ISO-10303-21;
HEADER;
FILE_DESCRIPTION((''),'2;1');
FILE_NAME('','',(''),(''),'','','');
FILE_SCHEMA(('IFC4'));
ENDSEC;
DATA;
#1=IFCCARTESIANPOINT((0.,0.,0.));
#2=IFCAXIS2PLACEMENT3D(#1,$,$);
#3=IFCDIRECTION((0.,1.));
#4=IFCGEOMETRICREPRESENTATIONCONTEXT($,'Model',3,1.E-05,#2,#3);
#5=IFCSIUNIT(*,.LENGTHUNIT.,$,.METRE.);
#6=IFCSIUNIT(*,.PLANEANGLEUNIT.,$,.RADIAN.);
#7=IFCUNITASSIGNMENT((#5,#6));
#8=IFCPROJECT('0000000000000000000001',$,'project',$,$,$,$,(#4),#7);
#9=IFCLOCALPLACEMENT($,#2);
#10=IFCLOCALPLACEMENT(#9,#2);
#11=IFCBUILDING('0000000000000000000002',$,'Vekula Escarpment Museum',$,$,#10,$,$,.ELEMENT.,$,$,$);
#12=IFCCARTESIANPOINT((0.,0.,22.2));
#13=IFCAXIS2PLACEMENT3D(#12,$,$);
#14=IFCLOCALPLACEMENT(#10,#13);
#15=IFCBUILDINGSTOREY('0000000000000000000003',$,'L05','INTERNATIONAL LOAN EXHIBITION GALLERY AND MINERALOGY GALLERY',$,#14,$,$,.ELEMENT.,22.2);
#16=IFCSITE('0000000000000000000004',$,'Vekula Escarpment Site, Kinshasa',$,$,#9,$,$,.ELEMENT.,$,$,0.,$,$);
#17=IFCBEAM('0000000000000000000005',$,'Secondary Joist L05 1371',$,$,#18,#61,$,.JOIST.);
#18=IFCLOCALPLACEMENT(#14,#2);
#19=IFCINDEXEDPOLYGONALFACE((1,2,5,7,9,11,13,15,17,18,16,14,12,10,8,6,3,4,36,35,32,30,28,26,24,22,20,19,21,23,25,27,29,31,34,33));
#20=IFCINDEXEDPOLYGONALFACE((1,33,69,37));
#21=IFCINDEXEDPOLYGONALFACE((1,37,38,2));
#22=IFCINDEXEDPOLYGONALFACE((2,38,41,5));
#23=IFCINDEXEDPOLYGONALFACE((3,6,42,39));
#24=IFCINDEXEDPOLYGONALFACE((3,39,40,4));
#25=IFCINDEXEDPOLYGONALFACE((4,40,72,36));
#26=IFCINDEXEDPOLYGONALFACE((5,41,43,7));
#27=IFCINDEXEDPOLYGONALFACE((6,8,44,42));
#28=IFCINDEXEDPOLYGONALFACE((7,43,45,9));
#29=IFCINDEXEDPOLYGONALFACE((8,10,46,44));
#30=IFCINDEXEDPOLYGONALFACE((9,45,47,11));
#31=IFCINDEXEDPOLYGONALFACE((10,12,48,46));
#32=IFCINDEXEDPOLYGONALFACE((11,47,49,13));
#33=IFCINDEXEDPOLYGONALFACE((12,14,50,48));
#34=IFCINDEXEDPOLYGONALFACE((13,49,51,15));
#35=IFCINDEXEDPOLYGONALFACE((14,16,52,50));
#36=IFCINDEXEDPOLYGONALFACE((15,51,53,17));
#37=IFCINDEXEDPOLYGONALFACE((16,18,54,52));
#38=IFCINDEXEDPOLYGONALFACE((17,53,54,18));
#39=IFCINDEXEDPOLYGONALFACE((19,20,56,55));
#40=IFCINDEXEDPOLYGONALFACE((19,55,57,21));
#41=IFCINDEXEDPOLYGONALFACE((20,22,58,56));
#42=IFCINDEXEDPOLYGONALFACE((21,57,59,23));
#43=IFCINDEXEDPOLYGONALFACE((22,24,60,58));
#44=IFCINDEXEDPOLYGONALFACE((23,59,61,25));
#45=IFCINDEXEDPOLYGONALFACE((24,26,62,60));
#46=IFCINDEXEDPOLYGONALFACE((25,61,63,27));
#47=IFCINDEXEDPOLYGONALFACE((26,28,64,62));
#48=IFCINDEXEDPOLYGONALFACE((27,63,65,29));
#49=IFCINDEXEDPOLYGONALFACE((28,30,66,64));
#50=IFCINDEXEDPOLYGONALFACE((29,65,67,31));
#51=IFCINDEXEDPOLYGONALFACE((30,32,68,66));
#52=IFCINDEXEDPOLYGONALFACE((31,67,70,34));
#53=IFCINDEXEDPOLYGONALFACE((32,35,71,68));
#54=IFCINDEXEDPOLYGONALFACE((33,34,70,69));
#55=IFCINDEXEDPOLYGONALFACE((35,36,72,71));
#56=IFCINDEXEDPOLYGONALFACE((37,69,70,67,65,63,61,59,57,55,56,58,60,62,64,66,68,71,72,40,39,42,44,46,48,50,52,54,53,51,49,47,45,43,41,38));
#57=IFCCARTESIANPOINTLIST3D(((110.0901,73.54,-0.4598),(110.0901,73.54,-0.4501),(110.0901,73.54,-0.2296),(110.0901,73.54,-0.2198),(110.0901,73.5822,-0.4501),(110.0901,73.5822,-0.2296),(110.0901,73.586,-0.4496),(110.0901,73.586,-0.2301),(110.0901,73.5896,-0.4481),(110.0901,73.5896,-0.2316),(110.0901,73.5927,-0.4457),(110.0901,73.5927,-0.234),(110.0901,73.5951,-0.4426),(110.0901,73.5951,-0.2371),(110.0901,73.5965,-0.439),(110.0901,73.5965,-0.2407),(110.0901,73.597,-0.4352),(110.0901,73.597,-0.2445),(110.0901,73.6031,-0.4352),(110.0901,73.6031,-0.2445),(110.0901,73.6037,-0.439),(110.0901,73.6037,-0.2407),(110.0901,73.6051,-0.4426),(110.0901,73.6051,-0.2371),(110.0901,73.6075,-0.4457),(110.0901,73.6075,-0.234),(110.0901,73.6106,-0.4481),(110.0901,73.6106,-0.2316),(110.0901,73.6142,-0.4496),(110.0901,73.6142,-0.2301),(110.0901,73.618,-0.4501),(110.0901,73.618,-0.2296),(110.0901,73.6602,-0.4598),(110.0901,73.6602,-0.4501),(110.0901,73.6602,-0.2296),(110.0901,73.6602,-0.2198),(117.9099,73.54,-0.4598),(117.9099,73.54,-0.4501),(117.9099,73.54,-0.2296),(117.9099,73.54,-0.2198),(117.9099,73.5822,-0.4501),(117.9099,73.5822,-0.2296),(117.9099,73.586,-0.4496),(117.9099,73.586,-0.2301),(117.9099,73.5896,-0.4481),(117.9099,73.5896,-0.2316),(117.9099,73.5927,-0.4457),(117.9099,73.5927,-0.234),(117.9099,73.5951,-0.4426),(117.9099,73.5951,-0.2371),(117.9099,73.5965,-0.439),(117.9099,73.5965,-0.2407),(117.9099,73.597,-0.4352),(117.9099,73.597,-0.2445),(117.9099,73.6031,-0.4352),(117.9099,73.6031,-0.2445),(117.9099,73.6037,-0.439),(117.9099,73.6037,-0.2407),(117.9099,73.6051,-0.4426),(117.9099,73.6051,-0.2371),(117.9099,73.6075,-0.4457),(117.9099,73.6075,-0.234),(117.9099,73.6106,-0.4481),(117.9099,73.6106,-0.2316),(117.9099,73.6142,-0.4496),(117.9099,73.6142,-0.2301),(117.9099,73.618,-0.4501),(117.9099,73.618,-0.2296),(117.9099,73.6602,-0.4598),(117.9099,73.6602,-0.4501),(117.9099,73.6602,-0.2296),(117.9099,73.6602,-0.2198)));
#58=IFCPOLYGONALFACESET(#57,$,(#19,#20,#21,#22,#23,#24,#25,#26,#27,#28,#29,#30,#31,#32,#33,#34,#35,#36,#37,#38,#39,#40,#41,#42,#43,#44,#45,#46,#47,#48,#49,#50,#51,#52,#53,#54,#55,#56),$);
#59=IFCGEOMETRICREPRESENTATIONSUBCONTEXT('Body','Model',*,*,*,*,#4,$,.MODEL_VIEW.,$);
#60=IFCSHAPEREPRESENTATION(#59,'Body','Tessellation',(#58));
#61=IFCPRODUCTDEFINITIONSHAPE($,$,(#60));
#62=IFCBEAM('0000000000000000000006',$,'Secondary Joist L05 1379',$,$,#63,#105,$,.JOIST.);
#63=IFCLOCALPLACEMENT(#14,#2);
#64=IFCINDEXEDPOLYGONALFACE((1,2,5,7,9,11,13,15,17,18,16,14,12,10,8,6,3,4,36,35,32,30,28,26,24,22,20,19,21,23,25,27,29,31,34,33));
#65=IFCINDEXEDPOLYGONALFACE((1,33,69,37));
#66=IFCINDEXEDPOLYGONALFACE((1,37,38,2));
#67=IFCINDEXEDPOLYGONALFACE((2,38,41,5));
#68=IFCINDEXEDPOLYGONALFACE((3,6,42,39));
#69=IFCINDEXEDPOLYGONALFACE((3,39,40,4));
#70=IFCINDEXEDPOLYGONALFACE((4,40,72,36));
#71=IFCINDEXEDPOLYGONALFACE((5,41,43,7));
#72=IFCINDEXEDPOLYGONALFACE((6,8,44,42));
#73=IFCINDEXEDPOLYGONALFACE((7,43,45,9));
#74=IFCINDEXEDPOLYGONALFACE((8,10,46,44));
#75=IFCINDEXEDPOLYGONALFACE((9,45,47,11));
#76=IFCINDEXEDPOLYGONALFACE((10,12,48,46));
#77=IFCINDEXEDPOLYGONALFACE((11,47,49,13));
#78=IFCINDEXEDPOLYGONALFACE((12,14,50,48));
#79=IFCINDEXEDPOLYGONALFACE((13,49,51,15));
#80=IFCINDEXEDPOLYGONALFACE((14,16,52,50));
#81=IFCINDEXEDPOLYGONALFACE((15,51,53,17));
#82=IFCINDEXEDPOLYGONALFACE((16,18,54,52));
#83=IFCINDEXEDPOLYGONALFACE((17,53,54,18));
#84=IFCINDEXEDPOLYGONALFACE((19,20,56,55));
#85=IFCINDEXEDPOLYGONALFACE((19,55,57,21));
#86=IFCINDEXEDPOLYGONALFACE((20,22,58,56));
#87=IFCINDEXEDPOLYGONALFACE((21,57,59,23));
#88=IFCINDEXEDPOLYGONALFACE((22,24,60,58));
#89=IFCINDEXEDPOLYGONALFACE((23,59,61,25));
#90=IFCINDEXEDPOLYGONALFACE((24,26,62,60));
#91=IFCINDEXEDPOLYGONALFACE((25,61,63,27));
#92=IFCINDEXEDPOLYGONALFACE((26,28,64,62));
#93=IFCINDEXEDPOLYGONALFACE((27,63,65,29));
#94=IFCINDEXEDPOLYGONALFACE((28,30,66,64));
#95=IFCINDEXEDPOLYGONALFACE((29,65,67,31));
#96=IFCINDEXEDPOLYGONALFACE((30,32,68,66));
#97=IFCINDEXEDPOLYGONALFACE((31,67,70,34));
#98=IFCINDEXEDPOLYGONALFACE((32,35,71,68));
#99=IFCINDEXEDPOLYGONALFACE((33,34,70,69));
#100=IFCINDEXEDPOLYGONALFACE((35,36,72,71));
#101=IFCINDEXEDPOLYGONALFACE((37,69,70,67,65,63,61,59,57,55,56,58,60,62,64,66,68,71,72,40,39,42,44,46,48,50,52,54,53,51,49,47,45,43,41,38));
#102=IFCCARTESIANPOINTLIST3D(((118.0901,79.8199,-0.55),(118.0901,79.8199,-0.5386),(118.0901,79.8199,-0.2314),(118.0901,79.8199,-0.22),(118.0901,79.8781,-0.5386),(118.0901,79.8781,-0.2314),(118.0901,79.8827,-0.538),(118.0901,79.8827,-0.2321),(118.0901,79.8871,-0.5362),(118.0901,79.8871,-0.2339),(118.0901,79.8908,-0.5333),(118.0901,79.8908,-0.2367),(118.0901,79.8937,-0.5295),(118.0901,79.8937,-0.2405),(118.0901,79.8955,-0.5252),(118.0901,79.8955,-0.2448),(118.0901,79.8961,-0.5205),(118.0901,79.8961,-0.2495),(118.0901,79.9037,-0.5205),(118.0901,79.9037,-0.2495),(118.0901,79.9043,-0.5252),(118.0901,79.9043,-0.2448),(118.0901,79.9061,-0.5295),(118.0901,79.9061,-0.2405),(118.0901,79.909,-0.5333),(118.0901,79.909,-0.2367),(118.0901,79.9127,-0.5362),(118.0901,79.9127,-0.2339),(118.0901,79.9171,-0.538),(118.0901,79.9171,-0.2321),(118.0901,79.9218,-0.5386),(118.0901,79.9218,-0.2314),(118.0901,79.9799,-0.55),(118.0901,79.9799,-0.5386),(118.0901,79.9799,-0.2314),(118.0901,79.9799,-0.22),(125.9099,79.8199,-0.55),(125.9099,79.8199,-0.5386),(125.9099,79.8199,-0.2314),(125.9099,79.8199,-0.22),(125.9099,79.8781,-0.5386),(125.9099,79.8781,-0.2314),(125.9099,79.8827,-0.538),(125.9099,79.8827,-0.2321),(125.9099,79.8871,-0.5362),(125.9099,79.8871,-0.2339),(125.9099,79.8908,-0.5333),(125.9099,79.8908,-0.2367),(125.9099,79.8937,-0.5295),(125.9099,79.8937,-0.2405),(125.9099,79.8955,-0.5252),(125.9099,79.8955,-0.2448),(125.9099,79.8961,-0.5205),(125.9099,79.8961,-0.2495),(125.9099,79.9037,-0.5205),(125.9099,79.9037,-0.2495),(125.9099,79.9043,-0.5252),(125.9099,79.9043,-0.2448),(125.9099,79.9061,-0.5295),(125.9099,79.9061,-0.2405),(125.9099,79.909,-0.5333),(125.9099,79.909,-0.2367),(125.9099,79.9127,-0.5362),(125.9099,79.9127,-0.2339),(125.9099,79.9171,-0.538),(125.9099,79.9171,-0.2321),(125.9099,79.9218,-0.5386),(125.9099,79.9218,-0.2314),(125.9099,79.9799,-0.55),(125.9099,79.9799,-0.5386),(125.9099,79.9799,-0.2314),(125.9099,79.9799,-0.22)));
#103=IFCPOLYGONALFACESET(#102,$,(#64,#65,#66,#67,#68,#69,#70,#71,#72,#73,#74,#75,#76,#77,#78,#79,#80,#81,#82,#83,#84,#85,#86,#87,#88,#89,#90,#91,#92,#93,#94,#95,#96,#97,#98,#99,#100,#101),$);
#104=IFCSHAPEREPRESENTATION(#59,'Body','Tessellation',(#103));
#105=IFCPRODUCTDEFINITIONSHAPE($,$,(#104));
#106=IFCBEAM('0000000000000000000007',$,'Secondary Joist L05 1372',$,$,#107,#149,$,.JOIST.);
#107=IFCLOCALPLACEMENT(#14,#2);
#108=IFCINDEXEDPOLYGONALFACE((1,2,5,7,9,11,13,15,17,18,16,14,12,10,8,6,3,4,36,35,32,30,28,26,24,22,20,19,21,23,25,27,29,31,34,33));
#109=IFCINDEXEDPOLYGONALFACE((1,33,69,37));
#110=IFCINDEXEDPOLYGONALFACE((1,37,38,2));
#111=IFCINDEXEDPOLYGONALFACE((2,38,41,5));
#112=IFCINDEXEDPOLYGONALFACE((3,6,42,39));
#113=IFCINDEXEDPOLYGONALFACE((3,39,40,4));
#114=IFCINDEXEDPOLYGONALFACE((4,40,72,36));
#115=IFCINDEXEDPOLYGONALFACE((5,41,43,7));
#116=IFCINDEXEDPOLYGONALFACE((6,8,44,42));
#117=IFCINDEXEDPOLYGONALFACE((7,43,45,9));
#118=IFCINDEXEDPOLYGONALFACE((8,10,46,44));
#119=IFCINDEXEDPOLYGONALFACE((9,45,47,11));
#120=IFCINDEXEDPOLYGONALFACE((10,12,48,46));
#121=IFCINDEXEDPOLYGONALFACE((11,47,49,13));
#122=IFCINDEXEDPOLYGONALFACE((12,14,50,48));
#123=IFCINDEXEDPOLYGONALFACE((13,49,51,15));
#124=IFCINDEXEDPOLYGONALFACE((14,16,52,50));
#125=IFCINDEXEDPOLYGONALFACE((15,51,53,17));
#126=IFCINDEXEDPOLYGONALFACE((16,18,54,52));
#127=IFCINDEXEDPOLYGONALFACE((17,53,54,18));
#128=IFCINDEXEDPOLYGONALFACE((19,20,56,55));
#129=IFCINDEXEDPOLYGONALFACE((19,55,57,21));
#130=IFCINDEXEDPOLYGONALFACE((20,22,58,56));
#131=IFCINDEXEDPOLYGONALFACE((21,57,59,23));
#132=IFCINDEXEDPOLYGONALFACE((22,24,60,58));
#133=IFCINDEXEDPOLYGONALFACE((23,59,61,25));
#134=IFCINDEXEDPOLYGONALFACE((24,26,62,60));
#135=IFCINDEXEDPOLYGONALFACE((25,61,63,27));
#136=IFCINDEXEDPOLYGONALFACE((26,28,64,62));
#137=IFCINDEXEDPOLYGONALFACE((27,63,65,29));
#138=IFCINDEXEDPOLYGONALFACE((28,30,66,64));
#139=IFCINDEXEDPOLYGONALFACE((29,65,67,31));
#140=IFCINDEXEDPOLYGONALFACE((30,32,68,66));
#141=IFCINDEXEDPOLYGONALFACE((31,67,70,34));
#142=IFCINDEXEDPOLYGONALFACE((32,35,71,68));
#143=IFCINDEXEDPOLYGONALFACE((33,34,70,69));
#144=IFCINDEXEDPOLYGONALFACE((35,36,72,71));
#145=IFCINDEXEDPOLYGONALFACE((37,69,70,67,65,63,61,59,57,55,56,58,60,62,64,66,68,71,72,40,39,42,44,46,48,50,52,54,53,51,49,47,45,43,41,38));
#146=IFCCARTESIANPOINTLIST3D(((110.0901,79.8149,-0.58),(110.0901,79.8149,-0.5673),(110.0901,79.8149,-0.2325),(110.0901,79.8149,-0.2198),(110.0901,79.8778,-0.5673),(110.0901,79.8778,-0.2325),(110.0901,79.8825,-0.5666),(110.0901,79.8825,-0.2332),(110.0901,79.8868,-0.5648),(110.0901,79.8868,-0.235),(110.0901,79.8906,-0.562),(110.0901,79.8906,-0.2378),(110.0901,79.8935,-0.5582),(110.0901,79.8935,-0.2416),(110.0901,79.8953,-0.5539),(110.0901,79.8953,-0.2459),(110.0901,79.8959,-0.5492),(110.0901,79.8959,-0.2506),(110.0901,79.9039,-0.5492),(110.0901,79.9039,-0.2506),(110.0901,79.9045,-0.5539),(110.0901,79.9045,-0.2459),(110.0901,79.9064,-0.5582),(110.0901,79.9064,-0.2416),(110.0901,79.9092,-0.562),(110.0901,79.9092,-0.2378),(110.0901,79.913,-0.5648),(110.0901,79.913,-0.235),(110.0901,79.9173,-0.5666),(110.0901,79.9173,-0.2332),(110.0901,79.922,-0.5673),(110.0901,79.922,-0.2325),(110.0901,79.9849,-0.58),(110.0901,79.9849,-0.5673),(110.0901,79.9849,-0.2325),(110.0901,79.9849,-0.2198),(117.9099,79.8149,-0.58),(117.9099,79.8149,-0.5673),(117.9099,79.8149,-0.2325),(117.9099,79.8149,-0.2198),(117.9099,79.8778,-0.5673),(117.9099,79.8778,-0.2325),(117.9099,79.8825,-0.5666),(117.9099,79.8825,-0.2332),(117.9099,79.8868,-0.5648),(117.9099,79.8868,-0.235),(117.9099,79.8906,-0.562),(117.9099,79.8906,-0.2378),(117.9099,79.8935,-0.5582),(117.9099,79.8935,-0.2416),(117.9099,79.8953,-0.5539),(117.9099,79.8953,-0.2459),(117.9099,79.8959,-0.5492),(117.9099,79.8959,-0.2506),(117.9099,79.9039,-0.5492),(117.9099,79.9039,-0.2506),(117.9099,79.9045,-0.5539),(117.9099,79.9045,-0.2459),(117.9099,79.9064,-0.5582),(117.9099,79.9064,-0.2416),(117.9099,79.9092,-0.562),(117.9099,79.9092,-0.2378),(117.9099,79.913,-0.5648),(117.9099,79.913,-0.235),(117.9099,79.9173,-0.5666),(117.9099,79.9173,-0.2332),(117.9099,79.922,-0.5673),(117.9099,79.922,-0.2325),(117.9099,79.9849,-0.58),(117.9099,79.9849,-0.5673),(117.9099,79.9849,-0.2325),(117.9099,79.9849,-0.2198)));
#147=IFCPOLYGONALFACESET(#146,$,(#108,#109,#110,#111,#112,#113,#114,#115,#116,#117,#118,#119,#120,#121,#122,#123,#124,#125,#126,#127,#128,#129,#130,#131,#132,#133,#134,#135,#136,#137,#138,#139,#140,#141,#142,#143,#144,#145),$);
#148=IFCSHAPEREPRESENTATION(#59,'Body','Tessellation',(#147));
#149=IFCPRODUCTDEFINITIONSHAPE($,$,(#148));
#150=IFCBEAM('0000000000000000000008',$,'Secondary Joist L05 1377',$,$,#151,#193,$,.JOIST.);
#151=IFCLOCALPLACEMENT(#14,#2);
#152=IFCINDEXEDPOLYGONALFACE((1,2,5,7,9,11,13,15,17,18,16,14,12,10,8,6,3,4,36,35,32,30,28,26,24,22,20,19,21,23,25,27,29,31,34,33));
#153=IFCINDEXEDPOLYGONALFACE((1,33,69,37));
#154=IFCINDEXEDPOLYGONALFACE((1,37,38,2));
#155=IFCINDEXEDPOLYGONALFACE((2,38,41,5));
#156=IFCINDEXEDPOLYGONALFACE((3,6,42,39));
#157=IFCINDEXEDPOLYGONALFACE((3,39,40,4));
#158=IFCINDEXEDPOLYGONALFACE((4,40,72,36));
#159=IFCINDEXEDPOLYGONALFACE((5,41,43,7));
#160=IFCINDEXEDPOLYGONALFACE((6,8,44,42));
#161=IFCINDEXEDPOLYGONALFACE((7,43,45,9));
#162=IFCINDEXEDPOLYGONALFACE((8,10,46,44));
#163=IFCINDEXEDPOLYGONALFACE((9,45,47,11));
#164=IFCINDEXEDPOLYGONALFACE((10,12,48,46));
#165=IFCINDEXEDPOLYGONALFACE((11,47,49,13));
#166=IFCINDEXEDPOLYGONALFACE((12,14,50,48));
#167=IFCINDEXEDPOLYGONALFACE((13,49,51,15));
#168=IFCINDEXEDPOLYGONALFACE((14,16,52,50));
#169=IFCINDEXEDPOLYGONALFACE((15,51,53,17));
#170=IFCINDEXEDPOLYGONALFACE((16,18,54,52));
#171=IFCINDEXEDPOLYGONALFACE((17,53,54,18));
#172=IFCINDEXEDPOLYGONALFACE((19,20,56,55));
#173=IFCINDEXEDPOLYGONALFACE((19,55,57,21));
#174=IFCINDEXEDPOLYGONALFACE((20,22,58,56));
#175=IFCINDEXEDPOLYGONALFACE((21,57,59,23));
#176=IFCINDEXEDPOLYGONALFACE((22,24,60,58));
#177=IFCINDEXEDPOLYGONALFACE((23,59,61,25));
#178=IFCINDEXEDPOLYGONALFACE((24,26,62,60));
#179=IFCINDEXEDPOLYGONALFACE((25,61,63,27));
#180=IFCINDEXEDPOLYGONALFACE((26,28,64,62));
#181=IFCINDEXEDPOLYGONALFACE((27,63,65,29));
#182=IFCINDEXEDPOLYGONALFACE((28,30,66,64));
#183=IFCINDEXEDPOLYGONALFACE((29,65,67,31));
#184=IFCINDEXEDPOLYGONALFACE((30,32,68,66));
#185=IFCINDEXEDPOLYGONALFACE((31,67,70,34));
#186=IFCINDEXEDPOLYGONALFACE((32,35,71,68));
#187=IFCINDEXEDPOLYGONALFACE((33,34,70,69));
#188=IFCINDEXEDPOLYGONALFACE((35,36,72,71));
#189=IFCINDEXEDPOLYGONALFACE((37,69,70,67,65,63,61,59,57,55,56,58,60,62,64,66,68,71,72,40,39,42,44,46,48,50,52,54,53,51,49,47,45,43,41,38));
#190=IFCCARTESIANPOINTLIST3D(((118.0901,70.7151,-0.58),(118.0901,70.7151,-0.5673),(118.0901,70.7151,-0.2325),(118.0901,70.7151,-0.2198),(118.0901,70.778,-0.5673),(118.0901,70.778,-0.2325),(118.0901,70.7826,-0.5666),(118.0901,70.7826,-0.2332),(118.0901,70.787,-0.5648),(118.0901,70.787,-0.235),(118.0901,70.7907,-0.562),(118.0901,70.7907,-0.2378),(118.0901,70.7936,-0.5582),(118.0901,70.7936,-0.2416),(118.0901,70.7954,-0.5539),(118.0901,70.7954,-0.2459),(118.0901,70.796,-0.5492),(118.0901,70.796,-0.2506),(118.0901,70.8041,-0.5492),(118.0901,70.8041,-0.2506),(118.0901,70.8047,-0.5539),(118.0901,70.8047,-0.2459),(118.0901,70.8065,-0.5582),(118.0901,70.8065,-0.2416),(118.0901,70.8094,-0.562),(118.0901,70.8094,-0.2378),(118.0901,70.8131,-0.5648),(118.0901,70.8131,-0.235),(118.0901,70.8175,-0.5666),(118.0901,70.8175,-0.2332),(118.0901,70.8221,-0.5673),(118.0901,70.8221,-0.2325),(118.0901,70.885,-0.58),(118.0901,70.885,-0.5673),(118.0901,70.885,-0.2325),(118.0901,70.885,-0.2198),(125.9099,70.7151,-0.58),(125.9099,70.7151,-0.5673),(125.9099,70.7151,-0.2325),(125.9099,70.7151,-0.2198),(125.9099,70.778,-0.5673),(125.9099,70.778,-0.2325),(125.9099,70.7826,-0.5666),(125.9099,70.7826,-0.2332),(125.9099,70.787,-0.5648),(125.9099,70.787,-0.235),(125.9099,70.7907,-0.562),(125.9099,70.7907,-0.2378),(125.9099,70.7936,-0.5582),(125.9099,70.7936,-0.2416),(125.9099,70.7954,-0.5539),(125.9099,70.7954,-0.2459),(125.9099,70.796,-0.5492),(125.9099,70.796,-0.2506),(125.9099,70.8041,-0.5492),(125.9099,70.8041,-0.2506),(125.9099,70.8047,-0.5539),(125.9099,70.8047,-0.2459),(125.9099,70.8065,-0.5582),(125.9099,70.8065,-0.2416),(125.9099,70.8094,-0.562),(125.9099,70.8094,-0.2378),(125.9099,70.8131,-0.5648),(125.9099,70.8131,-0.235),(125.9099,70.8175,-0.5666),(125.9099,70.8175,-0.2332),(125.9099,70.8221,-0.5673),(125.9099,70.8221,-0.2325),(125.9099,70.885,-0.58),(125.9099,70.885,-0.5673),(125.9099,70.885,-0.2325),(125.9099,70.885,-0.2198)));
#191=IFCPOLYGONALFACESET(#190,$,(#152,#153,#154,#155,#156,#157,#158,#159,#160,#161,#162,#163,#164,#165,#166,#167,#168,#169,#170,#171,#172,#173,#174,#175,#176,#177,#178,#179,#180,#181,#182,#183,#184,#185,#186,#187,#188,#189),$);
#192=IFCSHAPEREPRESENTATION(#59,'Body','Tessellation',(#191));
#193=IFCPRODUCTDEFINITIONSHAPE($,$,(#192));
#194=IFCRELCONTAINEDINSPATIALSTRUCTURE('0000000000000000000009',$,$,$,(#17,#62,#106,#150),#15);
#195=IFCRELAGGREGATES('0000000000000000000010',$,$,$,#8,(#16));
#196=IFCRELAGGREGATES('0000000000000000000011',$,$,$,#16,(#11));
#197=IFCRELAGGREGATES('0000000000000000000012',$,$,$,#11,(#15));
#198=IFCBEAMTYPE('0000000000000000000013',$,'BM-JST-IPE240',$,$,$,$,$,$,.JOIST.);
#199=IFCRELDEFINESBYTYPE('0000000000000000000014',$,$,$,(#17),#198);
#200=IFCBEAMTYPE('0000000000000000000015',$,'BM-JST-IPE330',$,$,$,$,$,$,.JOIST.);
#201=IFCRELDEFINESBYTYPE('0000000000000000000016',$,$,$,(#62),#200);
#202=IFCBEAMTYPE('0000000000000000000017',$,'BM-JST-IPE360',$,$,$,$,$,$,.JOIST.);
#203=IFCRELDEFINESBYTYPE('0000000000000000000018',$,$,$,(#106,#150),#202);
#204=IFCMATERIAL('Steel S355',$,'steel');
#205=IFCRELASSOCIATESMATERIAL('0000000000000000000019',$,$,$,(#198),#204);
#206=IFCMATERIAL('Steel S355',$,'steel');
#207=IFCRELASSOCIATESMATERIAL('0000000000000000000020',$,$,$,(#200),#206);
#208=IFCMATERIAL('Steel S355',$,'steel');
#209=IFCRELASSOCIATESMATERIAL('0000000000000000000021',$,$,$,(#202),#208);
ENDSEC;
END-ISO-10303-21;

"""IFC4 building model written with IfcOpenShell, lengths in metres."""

from ifc_helpers import new_model, si_unit, direction, frame, origin, origin_2d, place, context, subcontext, project, spatial, i_section, extrude, material, material_profile, profile_set, type_object, element, save


model = new_model("IFC4")

# Units and contexts
model_context = context("Model", 3, precision=1e-05, world=origin(), true_north=direction((0.0, 1.0)))
body_context = subcontext(model_context, "Body", "Model", "MODEL_VIEW")
ifc_project = project(units=[si_unit("LENGTHUNIT", "METRE"), si_unit("PLANEANGLEUNIT", "RADIAN")], contexts=[model_context])

# Site, building, storey
site_placement = place(None, origin())
site = spatial("IfcSite", under=ifc_project, at=site_placement, Name="Vekula Escarpment Site, Kinshasa", CompositionType="ELEMENT", RefElevation=0.0)
building_placement = place(site_placement, origin())
building = spatial("IfcBuilding", under=site, at=building_placement, Name="Vekula Escarpment Museum", CompositionType="ELEMENT")
storey_placement = place(building_placement, frame((0.0, 0.0, 22.2)))
storey = spatial("IfcBuildingStorey", under=building, at=storey_placement, Name="L05", Description="INTERNATIONAL LOAN EXHIBITION GALLERY AND MINERALOGY GALLERY", CompositionType="ELEMENT", Elevation=22.2)

# Beams
ifc_material_1 = material(Name="Steel S355", Category="steel")
ifc_material_profile_1 = material_profile(ifc_material_1, i_section(OverallWidth=0.1201, OverallDepth=0.24, WebThickness=0.0061, FlangeThickness=0.0098, FilletRadius=0.0149, at=origin_2d()), Name="IPE 240")
ifc_profile_set_1 = profile_set([ifc_material_profile_1], Name="Steel S355")
beam_type_1 = type_object("IfcBeamType", Name="BM-JST-IPE240", PredefinedType="JOIST", material=ifc_profile_set_1)
for number, where, z_axis, x_axis, name in (
    (1, (110.0901, 73.6001, -0.3398), (1.0, 0.0, 0.0), (0.0, 1.0, 0.0), "Secondary Joist L05 1371"),
):
    element("IfcBeam", number, at=place(storey_placement, frame(where, z_axis=z_axis, x_axis=x_axis)), inside=storey, type_object=beam_type_1, Name=name, PredefinedType="JOIST", context=body_context, shape_type="SweptSolid", body=[
        extrude(i_section(OverallWidth=0.1201, OverallDepth=0.24, WebThickness=0.0061, FlangeThickness=0.0098, FilletRadius=0.0149, at=origin_2d()), origin(), (0.0, 0.0, 1.0), 7.8198),
    ])
ifc_material_2 = material(Name="Steel S355", Category="steel")
ifc_material_profile_2 = material_profile(ifc_material_2, i_section(OverallWidth=0.1599, OverallDepth=0.3301, WebThickness=0.0076, FlangeThickness=0.0115, FilletRadius=0.0181, at=origin_2d()), Name="IPE 330")
ifc_profile_set_2 = profile_set([ifc_material_profile_2], Name="Steel S355")
beam_type_2 = type_object("IfcBeamType", Name="BM-JST-IPE330", PredefinedType="JOIST", material=ifc_profile_set_2)
beam_1_placement = place(storey_placement, frame((118.0901, 79.8999, -0.385), z_axis=(1.0, 0.0, 0.0), x_axis=(0.0, 1.0, 0.0)))
element("IfcBeam", 2, at=beam_1_placement, inside=storey, type_object=beam_type_2, Name="Secondary Joist L05 1379", PredefinedType="JOIST", context=body_context, shape_type="SweptSolid", body=[
    extrude(i_section(OverallWidth=0.1599, OverallDepth=0.3301, WebThickness=0.0076, FlangeThickness=0.0115, FilletRadius=0.0181, at=origin_2d()), origin(), (0.0, 0.0, 1.0), 7.8198),
])
ifc_material_3 = material(Name="Steel S355", Category="steel")
ifc_material_profile_3 = material_profile(ifc_material_3, i_section(OverallWidth=0.1699, OverallDepth=0.3601, WebThickness=0.0081, FlangeThickness=0.0127, FilletRadius=0.0181, at=origin_2d()), Name="IPE 360")
ifc_profile_set_3 = profile_set([ifc_material_profile_3], Name="Steel S355")
beam_type_3 = type_object("IfcBeamType", Name="BM-JST-IPE360", PredefinedType="JOIST", material=ifc_profile_set_3)
for number, where, z_axis, x_axis, name in (
    (3, (110.0901, 79.8999, -0.3999), (1.0, 0.0, 0.0), (0.0, 1.0, 0.0), "Secondary Joist L05 1372"),
    (4, (118.0901, 70.8, -0.3999), (1.0, 0.0, 0.0), (0.0, 1.0, 0.0), "Secondary Joist L05 1377"),
):
    element("IfcBeam", number, at=place(storey_placement, frame(where, z_axis=z_axis, x_axis=x_axis)), inside=storey, type_object=beam_type_3, Name=name, PredefinedType="JOIST", context=body_context, shape_type="SweptSolid", body=[
        extrude(i_section(OverallWidth=0.1699, OverallDepth=0.3601, WebThickness=0.0081, FlangeThickness=0.0127, FilletRadius=0.0181, at=origin_2d()), origin(), (0.0, 0.0, 1.0), 7.8198),
    ])

save(model, "model.ifc")
